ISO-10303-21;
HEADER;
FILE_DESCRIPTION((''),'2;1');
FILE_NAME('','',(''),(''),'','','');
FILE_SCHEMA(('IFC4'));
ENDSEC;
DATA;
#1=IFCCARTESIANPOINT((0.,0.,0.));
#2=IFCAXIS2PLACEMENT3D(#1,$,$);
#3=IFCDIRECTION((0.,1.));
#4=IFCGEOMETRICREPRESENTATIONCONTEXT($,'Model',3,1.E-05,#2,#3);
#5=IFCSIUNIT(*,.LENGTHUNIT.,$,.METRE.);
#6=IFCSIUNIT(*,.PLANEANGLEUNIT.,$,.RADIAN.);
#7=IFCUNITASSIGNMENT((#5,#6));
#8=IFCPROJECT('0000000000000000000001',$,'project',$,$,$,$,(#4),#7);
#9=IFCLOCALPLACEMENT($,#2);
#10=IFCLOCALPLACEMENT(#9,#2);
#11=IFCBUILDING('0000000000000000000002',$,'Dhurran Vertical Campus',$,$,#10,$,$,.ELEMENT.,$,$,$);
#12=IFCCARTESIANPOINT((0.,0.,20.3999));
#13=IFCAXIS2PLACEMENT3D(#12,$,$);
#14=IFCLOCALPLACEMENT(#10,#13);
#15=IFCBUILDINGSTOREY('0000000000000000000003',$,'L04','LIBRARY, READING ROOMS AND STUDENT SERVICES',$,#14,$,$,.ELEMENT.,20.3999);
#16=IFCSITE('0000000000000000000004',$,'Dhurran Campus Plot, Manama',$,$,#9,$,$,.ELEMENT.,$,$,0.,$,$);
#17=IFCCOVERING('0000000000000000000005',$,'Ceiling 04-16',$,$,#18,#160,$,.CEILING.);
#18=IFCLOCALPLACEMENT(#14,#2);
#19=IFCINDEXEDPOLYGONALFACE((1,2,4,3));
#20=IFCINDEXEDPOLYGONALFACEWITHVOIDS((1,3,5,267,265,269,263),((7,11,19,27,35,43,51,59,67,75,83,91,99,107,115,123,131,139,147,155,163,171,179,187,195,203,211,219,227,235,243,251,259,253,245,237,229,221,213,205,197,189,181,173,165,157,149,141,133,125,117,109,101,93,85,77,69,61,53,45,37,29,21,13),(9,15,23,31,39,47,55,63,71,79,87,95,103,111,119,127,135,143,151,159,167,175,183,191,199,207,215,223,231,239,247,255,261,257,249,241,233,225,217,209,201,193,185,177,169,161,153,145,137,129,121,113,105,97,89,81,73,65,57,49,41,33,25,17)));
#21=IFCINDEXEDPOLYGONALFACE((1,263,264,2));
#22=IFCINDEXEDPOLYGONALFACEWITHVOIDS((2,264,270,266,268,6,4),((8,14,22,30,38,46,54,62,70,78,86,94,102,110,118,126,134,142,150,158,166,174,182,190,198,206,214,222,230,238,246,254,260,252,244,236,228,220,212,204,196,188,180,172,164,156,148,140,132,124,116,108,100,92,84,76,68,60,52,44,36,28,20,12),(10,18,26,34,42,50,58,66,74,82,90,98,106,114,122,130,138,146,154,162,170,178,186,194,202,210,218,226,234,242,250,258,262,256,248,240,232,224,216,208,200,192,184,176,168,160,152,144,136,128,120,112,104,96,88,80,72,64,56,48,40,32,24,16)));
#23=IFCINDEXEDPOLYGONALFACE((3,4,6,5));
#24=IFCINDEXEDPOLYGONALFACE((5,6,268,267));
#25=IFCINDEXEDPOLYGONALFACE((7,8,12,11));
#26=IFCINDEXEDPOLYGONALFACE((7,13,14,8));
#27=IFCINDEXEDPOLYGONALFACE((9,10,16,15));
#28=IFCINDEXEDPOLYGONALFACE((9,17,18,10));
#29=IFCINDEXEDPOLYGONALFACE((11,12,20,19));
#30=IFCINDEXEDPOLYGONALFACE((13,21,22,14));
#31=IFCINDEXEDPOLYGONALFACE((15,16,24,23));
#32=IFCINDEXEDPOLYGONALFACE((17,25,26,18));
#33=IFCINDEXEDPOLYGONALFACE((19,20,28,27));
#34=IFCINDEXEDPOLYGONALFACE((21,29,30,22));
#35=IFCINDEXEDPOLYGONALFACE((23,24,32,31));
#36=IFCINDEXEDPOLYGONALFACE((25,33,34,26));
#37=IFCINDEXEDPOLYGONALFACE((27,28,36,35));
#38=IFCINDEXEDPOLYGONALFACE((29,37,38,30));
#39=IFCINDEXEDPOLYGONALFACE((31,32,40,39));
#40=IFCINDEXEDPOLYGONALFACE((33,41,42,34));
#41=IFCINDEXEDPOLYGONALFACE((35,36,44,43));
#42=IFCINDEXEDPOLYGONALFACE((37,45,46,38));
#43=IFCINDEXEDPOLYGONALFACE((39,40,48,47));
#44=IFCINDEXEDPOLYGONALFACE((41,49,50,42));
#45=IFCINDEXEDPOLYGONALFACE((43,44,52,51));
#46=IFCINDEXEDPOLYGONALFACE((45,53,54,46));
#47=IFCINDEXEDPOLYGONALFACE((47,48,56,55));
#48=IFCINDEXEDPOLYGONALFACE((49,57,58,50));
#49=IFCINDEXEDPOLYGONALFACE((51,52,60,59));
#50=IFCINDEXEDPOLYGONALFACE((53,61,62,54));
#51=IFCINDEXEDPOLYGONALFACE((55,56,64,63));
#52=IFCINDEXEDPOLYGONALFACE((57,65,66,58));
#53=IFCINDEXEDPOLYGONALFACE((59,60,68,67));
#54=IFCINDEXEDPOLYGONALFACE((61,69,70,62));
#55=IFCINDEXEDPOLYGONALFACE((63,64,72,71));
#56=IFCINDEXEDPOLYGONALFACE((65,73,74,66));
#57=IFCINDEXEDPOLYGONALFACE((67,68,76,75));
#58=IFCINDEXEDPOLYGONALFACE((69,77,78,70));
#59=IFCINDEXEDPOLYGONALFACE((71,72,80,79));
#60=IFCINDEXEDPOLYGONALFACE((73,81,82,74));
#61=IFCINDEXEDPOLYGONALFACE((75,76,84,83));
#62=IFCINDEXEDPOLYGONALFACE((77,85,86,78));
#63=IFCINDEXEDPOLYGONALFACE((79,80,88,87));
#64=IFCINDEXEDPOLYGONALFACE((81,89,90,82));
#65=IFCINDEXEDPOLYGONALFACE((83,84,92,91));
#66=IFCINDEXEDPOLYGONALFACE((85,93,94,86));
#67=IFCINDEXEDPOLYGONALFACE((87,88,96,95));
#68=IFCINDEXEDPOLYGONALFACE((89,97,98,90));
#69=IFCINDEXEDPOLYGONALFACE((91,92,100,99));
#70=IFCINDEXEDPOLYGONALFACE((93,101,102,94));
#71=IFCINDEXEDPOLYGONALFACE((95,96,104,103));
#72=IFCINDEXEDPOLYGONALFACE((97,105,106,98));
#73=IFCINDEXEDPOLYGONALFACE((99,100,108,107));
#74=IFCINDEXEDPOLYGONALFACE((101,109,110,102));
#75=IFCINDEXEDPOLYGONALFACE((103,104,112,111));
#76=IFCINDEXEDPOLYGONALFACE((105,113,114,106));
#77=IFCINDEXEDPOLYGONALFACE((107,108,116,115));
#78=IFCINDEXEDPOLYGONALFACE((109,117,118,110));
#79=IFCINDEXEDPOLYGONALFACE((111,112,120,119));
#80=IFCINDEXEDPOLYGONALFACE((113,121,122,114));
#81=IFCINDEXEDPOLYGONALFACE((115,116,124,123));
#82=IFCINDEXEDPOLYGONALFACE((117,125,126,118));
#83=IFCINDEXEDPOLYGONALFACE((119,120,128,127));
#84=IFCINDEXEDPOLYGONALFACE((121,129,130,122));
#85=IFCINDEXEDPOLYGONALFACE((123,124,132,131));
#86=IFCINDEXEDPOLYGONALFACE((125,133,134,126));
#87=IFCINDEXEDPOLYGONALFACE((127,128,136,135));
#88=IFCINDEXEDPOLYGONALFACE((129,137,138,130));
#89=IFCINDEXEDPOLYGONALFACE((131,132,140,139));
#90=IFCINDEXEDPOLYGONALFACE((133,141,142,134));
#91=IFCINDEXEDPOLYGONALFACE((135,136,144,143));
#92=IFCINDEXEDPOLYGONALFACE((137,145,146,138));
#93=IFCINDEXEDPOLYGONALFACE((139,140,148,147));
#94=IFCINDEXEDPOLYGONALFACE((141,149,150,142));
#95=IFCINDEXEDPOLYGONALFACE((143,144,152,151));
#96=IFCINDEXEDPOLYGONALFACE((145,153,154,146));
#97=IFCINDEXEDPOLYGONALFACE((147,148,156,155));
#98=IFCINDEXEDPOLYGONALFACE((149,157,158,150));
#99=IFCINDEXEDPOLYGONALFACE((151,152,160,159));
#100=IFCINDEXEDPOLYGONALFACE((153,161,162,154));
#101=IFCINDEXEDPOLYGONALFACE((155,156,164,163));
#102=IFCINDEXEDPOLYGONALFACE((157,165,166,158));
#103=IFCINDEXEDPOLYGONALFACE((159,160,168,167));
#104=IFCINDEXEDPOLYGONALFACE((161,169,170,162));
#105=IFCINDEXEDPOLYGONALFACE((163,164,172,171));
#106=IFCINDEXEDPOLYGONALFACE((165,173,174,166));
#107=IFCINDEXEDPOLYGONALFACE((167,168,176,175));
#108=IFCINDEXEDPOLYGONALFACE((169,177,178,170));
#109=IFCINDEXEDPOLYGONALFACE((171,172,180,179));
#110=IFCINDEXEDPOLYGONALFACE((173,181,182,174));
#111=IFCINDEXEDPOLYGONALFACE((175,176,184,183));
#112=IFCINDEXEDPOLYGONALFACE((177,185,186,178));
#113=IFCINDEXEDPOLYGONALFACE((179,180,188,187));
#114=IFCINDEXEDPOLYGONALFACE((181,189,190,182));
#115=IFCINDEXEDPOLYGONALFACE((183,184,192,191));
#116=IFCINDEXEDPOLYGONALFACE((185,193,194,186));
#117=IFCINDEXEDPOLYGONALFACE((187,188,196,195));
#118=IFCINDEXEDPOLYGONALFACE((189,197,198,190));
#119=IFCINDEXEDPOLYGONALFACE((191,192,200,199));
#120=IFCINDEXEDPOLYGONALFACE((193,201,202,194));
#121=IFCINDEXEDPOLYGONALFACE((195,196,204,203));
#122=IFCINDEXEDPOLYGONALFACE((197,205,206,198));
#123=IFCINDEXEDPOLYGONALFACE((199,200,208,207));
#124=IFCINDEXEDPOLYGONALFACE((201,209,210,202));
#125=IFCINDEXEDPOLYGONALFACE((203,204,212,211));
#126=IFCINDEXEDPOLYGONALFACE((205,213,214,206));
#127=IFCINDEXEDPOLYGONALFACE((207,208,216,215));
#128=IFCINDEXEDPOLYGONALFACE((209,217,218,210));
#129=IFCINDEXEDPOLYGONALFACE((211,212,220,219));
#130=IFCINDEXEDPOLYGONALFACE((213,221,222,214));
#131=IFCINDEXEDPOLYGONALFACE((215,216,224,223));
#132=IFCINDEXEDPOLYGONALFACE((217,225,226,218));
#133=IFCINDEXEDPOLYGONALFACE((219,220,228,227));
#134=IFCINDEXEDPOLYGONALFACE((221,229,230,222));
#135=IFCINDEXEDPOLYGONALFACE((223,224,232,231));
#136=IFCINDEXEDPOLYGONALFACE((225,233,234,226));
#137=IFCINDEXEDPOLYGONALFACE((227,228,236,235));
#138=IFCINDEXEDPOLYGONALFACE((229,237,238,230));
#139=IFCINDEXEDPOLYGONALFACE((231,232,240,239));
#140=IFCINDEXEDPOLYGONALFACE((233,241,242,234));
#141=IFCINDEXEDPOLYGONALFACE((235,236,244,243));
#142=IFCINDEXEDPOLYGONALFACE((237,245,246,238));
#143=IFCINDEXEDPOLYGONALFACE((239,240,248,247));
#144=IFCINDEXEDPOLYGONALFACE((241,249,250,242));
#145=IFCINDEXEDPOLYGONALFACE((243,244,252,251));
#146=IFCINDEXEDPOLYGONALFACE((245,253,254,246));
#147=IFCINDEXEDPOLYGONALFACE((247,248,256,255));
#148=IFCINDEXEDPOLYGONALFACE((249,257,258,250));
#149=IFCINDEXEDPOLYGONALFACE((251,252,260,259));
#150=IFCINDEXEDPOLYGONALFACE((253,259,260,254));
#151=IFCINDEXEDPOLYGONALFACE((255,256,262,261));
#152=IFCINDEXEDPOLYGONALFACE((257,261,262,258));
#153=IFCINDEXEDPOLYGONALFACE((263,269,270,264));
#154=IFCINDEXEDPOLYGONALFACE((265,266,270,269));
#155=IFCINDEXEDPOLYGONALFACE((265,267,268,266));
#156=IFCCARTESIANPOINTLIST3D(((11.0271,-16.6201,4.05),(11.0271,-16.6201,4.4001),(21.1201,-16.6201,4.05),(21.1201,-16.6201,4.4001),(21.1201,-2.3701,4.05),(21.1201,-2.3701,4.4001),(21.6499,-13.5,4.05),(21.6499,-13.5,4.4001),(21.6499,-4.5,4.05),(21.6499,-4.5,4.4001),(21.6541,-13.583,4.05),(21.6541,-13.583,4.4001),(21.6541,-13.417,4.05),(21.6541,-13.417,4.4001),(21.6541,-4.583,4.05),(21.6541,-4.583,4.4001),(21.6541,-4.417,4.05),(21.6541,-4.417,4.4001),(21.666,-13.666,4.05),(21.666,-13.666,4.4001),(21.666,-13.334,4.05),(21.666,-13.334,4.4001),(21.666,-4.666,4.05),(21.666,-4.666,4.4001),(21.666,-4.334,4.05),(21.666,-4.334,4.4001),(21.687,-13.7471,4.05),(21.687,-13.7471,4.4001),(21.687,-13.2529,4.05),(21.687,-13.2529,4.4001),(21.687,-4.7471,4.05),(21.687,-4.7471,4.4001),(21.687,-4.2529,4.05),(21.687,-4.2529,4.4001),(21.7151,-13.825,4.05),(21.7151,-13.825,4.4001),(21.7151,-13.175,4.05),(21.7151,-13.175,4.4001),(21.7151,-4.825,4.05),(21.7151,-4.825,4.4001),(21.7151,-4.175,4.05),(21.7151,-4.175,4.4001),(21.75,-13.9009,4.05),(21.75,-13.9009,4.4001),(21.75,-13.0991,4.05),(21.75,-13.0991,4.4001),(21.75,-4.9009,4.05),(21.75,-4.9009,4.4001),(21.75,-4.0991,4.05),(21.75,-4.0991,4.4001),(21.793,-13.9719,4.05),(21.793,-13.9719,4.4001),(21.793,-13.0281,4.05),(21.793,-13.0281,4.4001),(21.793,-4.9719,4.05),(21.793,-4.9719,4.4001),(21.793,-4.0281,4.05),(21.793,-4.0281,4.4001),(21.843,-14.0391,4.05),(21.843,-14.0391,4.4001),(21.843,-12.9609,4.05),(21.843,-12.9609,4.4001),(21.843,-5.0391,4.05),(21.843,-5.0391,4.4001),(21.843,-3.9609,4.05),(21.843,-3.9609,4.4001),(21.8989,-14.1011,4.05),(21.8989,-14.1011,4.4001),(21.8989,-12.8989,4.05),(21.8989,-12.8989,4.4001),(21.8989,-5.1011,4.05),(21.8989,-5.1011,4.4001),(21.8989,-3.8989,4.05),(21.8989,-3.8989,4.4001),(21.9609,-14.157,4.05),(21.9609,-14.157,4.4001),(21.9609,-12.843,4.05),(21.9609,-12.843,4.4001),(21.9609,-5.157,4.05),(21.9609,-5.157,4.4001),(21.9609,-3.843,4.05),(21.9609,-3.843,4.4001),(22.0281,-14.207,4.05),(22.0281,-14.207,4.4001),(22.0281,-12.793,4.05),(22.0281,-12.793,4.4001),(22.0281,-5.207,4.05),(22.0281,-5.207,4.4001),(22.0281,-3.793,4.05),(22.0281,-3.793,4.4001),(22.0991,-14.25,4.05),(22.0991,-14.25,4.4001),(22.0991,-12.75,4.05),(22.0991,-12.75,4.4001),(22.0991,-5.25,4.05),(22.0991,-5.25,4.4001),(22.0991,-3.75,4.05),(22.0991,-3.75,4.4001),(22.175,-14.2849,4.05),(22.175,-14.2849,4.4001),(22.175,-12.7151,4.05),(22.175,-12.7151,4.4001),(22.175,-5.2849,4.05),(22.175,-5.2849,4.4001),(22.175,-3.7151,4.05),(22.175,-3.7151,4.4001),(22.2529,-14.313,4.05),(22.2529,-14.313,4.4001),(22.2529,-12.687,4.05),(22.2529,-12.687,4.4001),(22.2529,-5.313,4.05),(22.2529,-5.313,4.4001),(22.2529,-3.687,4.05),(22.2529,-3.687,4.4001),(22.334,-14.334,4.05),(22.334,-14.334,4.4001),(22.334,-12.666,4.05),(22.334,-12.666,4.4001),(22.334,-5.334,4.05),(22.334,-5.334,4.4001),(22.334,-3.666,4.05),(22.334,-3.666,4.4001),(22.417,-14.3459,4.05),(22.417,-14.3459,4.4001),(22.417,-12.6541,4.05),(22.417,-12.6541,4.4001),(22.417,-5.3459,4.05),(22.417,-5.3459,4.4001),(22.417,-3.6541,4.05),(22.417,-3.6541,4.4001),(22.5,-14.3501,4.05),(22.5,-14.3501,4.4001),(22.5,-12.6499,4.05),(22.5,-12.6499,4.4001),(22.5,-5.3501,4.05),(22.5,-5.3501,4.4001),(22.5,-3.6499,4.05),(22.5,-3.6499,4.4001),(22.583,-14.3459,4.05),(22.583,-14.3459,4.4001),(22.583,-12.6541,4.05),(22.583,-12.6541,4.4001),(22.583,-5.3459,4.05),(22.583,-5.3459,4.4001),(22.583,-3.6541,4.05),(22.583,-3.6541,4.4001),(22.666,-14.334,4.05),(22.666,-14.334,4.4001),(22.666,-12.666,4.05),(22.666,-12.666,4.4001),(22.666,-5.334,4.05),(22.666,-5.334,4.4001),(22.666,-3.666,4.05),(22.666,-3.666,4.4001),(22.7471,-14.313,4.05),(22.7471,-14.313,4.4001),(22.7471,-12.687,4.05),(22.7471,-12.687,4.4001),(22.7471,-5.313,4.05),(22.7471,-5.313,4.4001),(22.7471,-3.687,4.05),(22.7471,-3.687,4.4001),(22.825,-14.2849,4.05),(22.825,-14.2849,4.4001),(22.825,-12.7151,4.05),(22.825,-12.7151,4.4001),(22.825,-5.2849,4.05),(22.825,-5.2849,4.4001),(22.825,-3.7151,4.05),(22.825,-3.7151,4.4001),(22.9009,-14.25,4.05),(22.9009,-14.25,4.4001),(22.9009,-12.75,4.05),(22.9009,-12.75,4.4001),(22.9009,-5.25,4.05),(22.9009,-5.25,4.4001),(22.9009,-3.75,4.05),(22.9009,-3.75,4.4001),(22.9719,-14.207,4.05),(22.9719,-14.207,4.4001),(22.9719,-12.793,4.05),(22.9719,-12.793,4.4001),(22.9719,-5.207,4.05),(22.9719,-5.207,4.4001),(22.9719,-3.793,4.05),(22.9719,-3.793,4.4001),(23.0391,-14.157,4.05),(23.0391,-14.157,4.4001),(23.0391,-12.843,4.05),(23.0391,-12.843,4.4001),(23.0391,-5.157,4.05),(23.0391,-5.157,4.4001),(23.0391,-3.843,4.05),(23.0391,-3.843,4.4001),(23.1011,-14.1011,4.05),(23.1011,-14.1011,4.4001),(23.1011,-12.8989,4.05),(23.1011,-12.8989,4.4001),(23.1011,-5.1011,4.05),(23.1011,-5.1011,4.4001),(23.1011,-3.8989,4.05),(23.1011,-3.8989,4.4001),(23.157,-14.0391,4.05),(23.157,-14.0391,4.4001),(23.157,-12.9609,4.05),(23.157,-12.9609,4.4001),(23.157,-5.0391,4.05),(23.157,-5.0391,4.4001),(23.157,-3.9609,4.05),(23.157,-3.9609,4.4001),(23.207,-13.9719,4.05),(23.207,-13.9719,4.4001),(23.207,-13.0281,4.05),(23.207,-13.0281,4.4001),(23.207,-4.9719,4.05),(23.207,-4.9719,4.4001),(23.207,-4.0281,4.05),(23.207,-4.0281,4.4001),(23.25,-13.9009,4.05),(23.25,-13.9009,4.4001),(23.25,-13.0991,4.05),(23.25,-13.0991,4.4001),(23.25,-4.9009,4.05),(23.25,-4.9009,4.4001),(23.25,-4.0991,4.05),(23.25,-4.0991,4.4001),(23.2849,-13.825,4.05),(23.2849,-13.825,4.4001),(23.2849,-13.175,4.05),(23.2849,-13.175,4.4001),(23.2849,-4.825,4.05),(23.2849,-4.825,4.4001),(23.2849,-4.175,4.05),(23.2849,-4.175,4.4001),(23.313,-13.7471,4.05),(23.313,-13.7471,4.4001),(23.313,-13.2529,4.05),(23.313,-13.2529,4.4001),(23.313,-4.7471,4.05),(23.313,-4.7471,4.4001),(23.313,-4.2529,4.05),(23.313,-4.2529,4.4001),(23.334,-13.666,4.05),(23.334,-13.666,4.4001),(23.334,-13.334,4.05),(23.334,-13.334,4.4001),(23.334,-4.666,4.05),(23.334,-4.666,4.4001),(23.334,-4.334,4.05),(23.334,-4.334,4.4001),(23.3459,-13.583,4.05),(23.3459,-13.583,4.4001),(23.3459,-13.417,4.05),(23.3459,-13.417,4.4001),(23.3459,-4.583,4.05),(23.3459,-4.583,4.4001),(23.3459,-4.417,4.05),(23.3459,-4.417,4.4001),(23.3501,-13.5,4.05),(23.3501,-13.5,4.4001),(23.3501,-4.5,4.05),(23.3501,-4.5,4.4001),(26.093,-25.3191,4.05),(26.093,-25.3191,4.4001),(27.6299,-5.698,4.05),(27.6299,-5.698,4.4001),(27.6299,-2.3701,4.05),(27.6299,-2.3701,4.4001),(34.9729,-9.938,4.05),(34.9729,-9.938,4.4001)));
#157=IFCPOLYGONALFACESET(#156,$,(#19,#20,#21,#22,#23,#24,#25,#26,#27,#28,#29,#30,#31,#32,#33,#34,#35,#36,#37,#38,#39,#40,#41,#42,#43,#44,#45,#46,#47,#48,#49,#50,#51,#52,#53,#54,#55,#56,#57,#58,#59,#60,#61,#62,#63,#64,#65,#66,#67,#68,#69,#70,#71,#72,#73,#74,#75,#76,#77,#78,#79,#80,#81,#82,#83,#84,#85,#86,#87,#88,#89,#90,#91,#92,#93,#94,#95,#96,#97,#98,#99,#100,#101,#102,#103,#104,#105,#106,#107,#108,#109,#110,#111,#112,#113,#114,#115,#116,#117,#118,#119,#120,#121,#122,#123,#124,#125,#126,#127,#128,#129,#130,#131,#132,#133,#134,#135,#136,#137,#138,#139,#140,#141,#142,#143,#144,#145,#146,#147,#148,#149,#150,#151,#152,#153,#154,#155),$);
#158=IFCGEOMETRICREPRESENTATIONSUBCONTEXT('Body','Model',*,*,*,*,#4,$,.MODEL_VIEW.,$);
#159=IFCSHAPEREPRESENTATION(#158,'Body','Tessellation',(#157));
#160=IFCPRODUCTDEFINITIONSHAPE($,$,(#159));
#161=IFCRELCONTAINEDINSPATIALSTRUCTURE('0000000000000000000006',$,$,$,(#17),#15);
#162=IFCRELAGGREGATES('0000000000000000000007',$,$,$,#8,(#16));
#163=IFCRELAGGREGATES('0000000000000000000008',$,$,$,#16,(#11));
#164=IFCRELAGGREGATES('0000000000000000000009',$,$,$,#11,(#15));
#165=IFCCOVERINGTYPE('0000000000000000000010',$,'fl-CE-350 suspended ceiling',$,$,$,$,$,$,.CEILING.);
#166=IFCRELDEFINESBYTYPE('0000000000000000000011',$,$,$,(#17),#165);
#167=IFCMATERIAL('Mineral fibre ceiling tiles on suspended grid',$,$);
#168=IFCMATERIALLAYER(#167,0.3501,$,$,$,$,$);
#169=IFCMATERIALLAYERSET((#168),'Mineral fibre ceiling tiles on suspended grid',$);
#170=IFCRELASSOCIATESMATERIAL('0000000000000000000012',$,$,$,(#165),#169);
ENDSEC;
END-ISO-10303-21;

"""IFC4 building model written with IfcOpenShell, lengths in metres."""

from ifc_helpers import new_model, si_unit, direction, frame, origin, place, context, subcontext, project, spatial, polyline, outline, extrude, material, layer, layer_set, type_object, element, save


model = new_model("IFC4")

# Units and contexts
model_context = context("Model", 3, precision=1e-05, world=origin(), true_north=direction((0.0, 1.0)))
body_context = subcontext(model_context, "Body", "Model", "MODEL_VIEW")
ifc_project = project(units=[si_unit("LENGTHUNIT", "METRE"), si_unit("PLANEANGLEUNIT", "RADIAN")], contexts=[model_context])

# Site, building, storey
site_placement = place(None, origin())
site = spatial("IfcSite", under=ifc_project, at=site_placement, Name="Dhurran Campus Plot, Manama", CompositionType="ELEMENT", RefElevation=0.0)
building_placement = place(site_placement, origin())
building = spatial("IfcBuilding", under=site, at=building_placement, Name="Dhurran Vertical Campus", CompositionType="ELEMENT")
storey_placement = place(building_placement, frame((0.0, 0.0, 20.3999)))
storey = spatial("IfcBuildingStorey", under=building, at=storey_placement, Name="L04", Description="LIBRARY, READING ROOMS AND STUDENT SERVICES", CompositionType="ELEMENT", Elevation=20.3999)

# Covering
ifc_material_1 = material(Name="Mineral fibre ceiling tiles on suspended grid")
ifc_layer_1 = layer(ifc_material_1, 0.3501)
ifc_layer_set_1 = layer_set([ifc_layer_1], Name="Mineral fibre ceiling tiles on suspended grid")
covering_type = type_object("IfcCoveringType", Name="fl-CE-350 suspended ceiling", PredefinedType="CEILING", material=ifc_layer_set_1)
covering_1_placement = place(storey_placement, frame((0.0, 0.0, 4.05)))
element("IfcCovering", 1, at=covering_1_placement, inside=storey, type_object=covering_type, Name="Ceiling 04-16", PredefinedType="CEILING", context=body_context, shape_type="SweptSolid", body=[
    extrude(outline(polyline([(21.1201, -2.3701), (27.6299, -2.3701), (27.6299, -5.698), (34.9729, -9.938), (26.093, -25.3191), (11.0271, -16.6201), (21.1201, -16.6201), (21.1201, -2.3701)]), holes=[polyline([(23.2849, -13.175), (23.25, -13.0991), (23.207, -13.0281), (23.157, -12.9609), (23.1011, -12.8989), (23.0391, -12.843), (22.9719, -12.793), (22.9009, -12.75), (22.825, -12.7151), (22.7471, -12.687), (22.666, -12.666), (22.583, -12.6541), (22.5, -12.6499), (22.417, -12.6541), (22.334, -12.666), (22.2529, -12.687), (22.175, -12.7151), (22.0991, -12.75), (22.0281, -12.793), (21.9609, -12.843), (21.8989, -12.8989), (21.843, -12.9609), (21.793, -13.0281), (21.75, -13.0991), (21.7151, -13.175), (21.687, -13.2529), (21.666, -13.334), (21.6541, -13.417), (21.6499, -13.5), (21.6541, -13.583), (21.666, -13.666), (21.687, -13.7471), (21.7151, -13.825), (21.75, -13.9009), (21.793, -13.9719), (21.843, -14.0391), (21.8989, -14.1011), (21.9609, -14.157), (22.0281, -14.207), (22.0991, -14.25), (22.175, -14.2849), (22.2529, -14.313), (22.334, -14.334), (22.417, -14.3459), (22.5, -14.3501), (22.583, -14.3459), (22.666, -14.334), (22.7471, -14.313), (22.825, -14.2849), (22.9009, -14.25), (22.9719, -14.207), (23.0391, -14.157), (23.1011, -14.1011), (23.157, -14.0391), (23.207, -13.9719), (23.25, -13.9009), (23.2849, -13.825), (23.313, -13.7471), (23.334, -13.666), (23.3459, -13.583), (23.3501, -13.5), (23.3459, -13.417), (23.334, -13.334), (23.313, -13.2529), (23.2849, -13.175)]), polyline([(23.313, -4.2529), (23.2849, -4.175), (23.25, -4.0991), (23.207, -4.0281), (23.157, -3.9609), (23.1011, -3.8989), (23.0391, -3.843), (22.9719, -3.793), (22.9009, -3.75), (22.825, -3.7151), (22.7471, -3.687), (22.666, -3.666), (22.583, -3.6541), (22.5, -3.6499), (22.417, -3.6541), (22.334, -3.666), (22.2529, -3.687), (22.175, -3.7151), (22.0991, -3.75), (22.0281, -3.793), (21.9609, -3.843), (21.8989, -3.8989), (21.843, -3.9609), (21.793, -4.0281), (21.75, -4.0991), (21.7151, -4.175), (21.687, -4.2529), (21.666, -4.334), (21.6541, -4.417), (21.6499, -4.5), (21.6541, -4.583), (21.666, -4.666), (21.687, -4.7471), (21.7151, -4.825), (21.75, -4.9009), (21.793, -4.9719), (21.843, -5.0391), (21.8989, -5.1011), (21.9609, -5.157), (22.0281, -5.207), (22.0991, -5.25), (22.175, -5.2849), (22.2529, -5.313), (22.334, -5.334), (22.417, -5.3459), (22.5, -5.3501), (22.583, -5.3459), (22.666, -5.334), (22.7471, -5.313), (22.825, -5.2849), (22.9009, -5.25), (22.9719, -5.207), (23.0391, -5.157), (23.1011, -5.1011), (23.157, -5.0391), (23.207, -4.9719), (23.25, -4.9009), (23.2849, -4.825), (23.313, -4.7471), (23.334, -4.666), (23.3459, -4.583), (23.3501, -4.5), (23.3459, -4.417), (23.334, -4.334), (23.313, -4.2529)])]), origin(), (0.0, 0.0, 1.0), 0.3501),
])

save(model, "model.ifc")
